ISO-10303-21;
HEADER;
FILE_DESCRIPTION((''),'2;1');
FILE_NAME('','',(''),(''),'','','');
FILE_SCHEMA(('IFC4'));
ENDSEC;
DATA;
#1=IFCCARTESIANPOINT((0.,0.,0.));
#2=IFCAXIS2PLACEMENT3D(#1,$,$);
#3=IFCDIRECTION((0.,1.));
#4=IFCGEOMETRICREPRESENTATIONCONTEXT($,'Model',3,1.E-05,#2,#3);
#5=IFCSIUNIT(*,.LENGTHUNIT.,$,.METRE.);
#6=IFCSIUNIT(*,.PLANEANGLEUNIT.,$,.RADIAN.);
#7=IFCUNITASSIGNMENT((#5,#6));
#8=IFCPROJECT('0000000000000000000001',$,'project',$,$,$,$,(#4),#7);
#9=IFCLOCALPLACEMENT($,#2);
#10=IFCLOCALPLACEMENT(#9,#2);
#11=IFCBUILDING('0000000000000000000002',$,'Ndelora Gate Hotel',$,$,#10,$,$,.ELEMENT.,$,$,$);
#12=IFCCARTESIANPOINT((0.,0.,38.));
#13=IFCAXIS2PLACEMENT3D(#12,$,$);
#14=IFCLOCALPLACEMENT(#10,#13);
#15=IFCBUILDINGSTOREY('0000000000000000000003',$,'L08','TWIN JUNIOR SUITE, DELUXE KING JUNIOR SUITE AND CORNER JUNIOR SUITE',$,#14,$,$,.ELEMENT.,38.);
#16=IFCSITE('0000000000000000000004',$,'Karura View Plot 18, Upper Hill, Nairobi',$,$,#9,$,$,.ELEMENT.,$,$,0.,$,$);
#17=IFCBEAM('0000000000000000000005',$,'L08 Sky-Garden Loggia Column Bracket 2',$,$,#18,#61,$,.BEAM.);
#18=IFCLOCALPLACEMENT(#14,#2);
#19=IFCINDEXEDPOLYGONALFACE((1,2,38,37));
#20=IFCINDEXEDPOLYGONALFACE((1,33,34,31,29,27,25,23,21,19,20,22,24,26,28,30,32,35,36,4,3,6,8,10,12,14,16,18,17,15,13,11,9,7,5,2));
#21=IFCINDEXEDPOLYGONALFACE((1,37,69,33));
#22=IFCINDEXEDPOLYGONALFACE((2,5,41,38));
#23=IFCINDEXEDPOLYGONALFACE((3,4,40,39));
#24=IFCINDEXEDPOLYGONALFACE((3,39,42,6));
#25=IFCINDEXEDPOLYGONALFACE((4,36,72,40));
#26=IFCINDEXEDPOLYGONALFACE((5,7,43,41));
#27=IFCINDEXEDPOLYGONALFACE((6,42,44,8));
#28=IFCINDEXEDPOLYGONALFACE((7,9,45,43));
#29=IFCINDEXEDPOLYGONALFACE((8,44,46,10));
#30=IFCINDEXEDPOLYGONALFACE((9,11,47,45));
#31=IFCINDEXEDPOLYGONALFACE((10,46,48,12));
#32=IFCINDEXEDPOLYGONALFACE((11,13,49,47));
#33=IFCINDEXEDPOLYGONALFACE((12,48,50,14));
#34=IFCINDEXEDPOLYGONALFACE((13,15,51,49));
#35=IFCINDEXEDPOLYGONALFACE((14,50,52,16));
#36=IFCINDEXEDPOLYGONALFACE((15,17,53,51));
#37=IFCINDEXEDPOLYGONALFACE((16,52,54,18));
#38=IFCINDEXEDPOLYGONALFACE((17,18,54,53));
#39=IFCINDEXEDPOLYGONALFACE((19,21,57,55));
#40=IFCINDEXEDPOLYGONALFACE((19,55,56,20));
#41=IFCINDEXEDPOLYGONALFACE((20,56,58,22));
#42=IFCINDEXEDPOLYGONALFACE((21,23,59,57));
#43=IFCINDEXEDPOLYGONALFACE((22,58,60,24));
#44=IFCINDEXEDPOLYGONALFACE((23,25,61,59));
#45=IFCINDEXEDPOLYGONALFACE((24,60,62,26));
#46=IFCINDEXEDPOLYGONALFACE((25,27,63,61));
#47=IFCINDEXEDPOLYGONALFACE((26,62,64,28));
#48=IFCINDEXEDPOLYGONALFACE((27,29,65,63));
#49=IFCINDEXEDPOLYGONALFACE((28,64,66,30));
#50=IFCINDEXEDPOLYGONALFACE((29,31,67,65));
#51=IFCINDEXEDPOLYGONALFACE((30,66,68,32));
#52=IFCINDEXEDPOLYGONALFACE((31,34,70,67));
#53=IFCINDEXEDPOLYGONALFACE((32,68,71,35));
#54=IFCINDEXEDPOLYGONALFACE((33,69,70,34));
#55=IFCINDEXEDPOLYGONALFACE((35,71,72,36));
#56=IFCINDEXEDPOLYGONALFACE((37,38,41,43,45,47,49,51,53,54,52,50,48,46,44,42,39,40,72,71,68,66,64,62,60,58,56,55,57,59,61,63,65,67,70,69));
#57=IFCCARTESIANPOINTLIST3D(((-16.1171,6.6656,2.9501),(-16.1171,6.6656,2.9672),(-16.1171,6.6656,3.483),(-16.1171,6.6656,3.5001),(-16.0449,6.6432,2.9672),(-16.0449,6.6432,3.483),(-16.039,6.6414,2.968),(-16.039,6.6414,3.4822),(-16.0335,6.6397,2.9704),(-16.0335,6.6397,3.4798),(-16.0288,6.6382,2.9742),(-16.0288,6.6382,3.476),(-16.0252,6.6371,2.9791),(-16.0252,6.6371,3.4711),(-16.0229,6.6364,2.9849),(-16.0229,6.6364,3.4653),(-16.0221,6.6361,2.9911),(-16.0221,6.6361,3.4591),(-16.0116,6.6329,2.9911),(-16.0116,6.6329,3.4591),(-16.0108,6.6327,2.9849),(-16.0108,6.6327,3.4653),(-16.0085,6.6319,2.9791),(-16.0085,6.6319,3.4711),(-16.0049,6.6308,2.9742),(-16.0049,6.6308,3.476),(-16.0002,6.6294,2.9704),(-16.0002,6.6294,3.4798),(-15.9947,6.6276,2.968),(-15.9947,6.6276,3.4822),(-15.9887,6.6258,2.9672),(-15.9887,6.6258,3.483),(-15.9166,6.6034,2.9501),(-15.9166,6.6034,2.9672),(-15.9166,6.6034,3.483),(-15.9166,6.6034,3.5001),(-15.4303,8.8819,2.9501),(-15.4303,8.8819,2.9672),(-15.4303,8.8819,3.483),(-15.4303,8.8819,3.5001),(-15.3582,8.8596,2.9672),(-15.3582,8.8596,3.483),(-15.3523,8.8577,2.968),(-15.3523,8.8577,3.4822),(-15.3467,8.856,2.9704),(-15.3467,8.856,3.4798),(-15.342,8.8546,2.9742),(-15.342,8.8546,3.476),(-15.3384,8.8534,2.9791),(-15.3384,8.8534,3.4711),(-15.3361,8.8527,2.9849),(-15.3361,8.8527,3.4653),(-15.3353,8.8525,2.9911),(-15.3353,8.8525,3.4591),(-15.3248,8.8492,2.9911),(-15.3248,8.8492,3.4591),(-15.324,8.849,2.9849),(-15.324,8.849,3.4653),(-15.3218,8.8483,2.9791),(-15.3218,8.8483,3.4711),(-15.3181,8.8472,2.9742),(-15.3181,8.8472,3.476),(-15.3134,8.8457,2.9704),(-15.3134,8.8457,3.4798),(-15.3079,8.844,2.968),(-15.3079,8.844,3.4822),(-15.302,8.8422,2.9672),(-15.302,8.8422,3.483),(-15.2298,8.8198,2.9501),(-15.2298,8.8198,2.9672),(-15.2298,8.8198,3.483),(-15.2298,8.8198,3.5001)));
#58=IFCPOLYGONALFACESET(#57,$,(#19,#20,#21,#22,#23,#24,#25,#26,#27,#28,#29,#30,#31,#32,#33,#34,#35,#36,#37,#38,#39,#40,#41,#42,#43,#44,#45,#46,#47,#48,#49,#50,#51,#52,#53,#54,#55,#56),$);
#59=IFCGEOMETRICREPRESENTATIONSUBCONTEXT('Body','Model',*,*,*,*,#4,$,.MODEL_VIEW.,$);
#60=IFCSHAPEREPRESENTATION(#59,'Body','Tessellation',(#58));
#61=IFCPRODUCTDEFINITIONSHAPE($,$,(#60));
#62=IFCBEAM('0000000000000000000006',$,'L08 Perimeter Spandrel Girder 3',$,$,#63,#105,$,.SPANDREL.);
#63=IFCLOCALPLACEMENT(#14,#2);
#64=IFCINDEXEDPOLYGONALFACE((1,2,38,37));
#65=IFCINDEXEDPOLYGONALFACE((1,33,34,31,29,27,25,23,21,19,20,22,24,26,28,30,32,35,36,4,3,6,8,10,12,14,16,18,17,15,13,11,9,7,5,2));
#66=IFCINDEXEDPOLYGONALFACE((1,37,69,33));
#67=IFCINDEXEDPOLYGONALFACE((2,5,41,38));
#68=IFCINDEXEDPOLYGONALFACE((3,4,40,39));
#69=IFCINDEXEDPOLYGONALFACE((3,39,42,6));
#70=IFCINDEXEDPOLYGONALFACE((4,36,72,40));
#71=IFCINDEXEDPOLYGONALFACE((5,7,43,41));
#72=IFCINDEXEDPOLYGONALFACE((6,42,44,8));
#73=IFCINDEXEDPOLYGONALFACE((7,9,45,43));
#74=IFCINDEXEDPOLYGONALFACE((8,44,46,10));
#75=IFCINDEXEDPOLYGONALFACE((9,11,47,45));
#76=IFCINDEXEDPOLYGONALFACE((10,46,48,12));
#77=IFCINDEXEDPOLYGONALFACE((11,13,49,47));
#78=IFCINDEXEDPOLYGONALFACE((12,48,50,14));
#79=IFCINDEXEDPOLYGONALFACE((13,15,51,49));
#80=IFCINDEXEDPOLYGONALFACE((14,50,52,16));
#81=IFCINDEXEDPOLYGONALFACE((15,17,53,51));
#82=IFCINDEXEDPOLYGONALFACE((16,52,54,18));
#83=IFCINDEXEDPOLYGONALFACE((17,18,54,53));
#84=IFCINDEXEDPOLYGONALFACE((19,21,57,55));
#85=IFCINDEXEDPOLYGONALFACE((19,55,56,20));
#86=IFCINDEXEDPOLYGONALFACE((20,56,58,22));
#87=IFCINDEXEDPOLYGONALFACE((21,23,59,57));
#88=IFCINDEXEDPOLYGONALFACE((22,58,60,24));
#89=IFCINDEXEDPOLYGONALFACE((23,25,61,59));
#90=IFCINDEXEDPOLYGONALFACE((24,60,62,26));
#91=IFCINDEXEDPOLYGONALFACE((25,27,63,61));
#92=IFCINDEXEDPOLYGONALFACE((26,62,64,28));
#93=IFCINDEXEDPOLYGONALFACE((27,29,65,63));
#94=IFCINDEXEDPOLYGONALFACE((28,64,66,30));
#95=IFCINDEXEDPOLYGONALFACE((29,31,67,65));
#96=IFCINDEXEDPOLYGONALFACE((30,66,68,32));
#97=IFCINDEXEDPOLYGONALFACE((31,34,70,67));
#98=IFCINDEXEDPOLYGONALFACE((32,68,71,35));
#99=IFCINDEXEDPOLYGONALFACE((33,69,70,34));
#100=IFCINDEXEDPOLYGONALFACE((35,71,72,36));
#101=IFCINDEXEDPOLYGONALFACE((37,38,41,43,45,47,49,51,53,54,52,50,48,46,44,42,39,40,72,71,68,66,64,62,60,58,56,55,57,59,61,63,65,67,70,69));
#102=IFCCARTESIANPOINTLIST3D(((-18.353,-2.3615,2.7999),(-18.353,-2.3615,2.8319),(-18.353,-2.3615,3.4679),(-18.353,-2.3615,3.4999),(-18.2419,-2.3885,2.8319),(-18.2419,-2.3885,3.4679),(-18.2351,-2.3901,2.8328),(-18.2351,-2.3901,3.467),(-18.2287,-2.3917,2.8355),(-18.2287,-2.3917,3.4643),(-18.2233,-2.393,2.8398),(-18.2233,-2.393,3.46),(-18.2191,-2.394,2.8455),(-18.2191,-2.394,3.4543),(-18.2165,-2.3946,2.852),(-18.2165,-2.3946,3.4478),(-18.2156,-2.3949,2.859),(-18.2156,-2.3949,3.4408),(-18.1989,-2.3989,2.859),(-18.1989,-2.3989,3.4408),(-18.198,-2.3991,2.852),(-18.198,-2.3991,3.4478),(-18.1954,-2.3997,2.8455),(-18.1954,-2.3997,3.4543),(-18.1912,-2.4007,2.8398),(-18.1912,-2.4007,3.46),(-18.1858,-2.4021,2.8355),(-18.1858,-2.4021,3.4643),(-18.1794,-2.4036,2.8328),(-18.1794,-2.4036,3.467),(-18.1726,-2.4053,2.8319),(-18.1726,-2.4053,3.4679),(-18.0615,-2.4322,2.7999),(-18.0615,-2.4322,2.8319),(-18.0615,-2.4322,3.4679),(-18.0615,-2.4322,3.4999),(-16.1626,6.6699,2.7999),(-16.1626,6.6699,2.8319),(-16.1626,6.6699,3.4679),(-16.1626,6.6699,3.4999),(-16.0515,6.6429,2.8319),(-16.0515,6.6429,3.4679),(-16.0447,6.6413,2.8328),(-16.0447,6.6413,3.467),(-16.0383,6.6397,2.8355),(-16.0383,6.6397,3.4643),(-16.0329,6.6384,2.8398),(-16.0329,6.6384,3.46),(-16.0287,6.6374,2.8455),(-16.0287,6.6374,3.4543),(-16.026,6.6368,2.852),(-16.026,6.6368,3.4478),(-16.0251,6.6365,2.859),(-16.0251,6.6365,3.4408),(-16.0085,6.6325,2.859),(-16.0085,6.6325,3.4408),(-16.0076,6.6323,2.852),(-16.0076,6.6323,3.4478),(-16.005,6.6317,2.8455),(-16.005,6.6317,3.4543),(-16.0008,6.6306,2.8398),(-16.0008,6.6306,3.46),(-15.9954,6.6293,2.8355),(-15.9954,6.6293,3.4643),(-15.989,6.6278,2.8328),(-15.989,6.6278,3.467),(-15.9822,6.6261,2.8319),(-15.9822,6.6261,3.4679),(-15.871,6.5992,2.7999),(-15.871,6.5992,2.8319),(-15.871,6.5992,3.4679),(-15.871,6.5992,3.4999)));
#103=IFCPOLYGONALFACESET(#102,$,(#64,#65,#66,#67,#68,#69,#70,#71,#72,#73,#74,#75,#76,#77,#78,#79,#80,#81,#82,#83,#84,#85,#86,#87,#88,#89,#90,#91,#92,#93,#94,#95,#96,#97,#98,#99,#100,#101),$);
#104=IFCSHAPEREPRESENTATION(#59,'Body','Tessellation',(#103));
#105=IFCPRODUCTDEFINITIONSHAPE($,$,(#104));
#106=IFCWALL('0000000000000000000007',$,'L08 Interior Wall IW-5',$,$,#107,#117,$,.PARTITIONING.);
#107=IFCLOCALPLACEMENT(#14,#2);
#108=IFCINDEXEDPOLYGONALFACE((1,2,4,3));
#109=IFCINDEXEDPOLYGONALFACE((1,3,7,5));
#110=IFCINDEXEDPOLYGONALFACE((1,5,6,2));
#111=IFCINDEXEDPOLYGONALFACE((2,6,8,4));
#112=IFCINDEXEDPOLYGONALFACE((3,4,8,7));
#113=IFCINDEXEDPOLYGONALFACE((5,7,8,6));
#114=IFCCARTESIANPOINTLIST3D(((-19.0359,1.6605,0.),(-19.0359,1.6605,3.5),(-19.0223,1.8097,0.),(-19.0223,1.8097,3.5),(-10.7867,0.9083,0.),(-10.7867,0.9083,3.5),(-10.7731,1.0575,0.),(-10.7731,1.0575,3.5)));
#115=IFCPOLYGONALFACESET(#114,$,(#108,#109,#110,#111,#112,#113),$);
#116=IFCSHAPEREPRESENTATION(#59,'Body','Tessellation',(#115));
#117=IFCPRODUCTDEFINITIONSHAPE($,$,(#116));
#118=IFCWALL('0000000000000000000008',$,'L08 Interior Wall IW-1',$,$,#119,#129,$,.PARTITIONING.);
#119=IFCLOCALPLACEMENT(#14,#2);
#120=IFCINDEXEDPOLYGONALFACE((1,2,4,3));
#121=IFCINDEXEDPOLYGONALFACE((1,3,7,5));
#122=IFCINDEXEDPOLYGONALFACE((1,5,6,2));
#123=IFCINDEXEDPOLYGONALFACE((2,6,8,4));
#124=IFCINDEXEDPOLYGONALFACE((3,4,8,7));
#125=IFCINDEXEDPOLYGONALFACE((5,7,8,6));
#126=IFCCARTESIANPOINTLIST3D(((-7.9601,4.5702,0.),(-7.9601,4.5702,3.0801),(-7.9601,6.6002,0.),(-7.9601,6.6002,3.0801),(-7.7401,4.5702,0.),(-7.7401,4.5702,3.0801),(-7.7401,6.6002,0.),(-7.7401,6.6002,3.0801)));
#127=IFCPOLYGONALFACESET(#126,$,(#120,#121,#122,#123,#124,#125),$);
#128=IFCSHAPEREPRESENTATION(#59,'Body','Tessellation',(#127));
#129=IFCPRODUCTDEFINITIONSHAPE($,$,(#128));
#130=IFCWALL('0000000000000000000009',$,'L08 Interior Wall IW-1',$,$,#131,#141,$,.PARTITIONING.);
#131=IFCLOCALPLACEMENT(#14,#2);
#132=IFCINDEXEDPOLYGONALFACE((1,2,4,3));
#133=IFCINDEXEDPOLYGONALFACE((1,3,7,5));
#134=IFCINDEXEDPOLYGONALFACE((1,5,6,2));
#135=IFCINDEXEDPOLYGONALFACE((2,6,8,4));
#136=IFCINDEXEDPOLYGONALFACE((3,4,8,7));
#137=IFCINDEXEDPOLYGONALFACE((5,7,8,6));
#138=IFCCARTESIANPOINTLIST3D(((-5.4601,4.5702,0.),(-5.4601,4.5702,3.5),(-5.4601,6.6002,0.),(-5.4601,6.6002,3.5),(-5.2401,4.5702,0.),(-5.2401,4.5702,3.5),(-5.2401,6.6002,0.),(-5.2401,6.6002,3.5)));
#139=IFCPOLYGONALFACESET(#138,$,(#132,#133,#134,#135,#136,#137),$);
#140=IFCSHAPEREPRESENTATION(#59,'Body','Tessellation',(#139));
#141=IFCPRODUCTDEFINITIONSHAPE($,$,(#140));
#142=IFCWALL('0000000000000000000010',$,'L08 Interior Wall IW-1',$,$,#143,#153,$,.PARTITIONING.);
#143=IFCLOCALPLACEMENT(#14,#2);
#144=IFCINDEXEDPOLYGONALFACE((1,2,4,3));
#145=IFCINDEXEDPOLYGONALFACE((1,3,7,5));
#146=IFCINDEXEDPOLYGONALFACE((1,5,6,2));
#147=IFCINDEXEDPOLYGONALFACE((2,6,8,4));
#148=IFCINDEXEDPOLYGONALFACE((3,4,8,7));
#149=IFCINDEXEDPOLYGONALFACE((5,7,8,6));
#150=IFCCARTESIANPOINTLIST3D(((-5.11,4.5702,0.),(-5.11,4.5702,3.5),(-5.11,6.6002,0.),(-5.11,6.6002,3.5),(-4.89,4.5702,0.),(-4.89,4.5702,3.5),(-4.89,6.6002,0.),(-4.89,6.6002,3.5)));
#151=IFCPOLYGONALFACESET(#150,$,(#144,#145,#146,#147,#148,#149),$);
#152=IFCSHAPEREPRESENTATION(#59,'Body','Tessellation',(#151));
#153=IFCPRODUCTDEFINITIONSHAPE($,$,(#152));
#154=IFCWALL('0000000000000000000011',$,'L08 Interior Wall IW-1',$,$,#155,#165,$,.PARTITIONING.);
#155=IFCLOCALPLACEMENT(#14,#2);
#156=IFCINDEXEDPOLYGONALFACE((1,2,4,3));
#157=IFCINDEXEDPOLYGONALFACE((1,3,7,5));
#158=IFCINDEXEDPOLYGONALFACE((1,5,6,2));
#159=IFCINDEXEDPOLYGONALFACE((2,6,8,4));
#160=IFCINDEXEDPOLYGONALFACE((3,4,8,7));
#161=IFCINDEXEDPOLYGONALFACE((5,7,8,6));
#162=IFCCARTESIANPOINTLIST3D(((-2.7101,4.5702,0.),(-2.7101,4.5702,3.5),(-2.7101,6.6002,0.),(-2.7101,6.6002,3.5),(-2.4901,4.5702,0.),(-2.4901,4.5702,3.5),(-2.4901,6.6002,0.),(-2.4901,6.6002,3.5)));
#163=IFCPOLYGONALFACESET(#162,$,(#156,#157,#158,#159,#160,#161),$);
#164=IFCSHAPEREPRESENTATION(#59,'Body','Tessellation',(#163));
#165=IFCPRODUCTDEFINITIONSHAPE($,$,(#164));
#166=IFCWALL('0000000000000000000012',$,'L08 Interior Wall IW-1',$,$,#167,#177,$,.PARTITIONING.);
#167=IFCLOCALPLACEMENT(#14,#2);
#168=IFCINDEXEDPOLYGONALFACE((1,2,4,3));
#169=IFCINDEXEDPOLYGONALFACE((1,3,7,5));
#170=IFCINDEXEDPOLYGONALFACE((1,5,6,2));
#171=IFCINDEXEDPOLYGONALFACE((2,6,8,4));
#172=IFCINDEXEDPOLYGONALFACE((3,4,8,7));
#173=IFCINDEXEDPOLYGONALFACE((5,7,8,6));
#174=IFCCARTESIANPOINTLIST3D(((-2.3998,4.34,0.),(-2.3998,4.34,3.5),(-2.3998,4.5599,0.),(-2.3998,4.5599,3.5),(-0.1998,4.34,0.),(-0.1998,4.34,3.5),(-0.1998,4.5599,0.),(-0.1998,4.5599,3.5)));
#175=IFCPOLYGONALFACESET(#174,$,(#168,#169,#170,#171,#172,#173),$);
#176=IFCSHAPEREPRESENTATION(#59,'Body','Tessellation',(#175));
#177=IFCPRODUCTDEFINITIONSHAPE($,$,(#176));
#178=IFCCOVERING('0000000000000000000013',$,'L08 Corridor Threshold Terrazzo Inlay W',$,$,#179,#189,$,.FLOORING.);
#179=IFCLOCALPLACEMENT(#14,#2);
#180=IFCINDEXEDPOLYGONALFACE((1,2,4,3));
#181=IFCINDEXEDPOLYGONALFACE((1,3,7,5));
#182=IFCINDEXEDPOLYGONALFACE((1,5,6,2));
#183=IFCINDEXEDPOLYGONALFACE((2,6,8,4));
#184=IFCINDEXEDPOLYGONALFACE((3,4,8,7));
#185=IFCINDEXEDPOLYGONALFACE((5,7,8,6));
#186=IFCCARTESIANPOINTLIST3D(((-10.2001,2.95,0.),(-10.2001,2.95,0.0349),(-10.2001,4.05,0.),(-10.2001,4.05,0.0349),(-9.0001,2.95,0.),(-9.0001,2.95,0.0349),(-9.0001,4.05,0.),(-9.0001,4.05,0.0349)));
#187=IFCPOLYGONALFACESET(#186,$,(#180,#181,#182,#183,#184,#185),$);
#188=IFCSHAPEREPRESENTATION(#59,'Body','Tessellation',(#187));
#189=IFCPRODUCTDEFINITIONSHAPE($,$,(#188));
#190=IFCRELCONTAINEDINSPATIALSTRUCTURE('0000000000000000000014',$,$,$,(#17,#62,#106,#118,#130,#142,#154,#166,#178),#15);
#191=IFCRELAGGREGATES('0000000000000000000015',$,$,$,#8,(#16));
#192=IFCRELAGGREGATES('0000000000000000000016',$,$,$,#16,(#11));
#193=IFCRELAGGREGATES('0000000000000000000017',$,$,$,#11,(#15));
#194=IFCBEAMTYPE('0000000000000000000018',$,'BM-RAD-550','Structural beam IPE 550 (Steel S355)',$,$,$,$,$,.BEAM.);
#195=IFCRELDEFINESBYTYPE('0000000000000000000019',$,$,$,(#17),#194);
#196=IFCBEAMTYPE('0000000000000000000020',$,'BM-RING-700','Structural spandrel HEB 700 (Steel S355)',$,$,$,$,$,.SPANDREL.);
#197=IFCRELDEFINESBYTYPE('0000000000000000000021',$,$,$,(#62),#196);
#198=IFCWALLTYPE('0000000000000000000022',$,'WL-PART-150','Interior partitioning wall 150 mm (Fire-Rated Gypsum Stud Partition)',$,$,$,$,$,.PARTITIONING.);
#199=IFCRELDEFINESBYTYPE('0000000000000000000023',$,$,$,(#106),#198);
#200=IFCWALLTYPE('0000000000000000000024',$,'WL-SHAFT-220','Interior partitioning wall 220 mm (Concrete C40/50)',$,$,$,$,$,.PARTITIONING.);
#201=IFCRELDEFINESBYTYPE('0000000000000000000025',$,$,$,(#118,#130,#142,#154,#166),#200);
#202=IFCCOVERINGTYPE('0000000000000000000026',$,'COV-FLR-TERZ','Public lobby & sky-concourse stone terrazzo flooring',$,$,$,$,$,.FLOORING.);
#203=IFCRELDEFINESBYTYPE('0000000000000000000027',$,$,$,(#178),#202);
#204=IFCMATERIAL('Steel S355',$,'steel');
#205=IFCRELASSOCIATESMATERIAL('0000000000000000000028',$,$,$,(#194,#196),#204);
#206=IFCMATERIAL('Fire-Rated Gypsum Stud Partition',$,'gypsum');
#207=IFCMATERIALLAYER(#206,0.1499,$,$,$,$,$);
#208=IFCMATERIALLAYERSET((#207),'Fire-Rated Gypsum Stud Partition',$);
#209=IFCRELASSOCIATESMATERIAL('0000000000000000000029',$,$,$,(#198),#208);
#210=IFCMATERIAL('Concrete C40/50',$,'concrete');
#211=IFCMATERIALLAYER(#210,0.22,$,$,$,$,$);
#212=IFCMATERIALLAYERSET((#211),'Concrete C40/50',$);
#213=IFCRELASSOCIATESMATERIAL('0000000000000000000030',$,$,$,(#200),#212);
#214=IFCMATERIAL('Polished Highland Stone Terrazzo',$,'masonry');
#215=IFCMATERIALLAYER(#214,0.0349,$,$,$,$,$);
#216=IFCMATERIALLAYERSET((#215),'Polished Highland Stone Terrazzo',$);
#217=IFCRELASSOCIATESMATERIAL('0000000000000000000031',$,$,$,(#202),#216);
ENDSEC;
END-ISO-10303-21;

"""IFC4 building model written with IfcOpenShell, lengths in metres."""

from ifc_helpers import new_model, si_unit, direction, frame, frame_2d, origin, origin_2d, place, context, subcontext, project, spatial, rectangle, i_section, extrude, material, layer, layer_set, material_profile, profile_set, type_object, element, save


model = new_model("IFC4")

# Units and contexts
model_context = context("Model", 3, precision=1e-05, world=origin(), true_north=direction((0.0, 1.0)))
body_context = subcontext(model_context, "Body", "Model", "MODEL_VIEW")
ifc_project = project(units=[si_unit("LENGTHUNIT", "METRE"), si_unit("PLANEANGLEUNIT", "RADIAN")], contexts=[model_context])

# Site, building, storey
site_placement = place(None, origin())
site = spatial("IfcSite", under=ifc_project, at=site_placement, Name="Karura View Plot 18, Upper Hill, Nairobi", CompositionType="ELEMENT", RefElevation=0.0)
building_placement = place(site_placement, origin())
building = spatial("IfcBuilding", under=site, at=building_placement, Name="Ndelora Gate Hotel", CompositionType="ELEMENT")
storey_placement = place(building_placement, frame((0.0, 0.0, 38.0)))
storey = spatial("IfcBuildingStorey", under=building, at=storey_placement, Name="L08", Description="TWIN JUNIOR SUITE, DELUXE KING JUNIOR SUITE AND CORNER JUNIOR SUITE", CompositionType="ELEMENT", Elevation=38.0)

# Beams
ifc_material_1 = material(Name="Steel S355", Category="steel")
ifc_material_profile_1 = material_profile(ifc_material_1, i_section(OverallWidth=0.21, OverallDepth=0.55, WebThickness=0.011, FlangeThickness=0.0171, FilletRadius=0.0239, at=origin_2d()), Name="IPE 550")
ifc_profile_set_1 = profile_set([ifc_material_profile_1], Name="Steel S355")
beam_type_1 = type_object("IfcBeamType", Name="BM-RAD-550", Description="Structural beam IPE 550 (Steel S355)", PredefinedType="BEAM", material=ifc_profile_set_1)
beam_1_placement = place(storey_placement, frame((-16.0168, 6.6345, 3.2251), z_axis=(0.295985, 0.955192, 0.0), x_axis=(-0.955192, 0.295985, 0.0)))
element("IfcBeam", 1, at=beam_1_placement, inside=storey, type_object=beam_type_1, Name="L08 Sky-Garden Loggia Column Bracket 2", PredefinedType="BEAM", context=body_context, shape_type="SweptSolid", body=[
    extrude(i_section(OverallWidth=0.21, OverallDepth=0.55, WebThickness=0.011, FlangeThickness=0.0171, FilletRadius=0.0239, at=origin_2d()), origin(), (0.0, 0.0, 1.0), 2.3203),
])
ifc_material_profile_2 = material_profile(ifc_material_1, i_section(OverallWidth=0.3, OverallDepth=0.7, WebThickness=0.0171, FlangeThickness=0.032, FilletRadius=0.0271, at=origin_2d()), Name="HEB 700")
ifc_profile_set_2 = profile_set([ifc_material_profile_2], Name="Steel S355")
beam_type_2 = type_object("IfcBeamType", Name="BM-RING-700", Description="Structural spandrel HEB 700 (Steel S355)", PredefinedType="SPANDREL", material=ifc_profile_set_2)
beam_2_placement = place(storey_placement, frame((-16.0168, 6.6345, 3.1499), z_axis=(-0.235699, -0.971826, 0.0), x_axis=(0.971826, -0.235699, 0.0)))
element("IfcBeam", 2, at=beam_2_placement, inside=storey, type_object=beam_type_2, Name="L08 Perimeter Spandrel Girder 3", PredefinedType="SPANDREL", context=body_context, shape_type="SweptSolid", body=[
    extrude(i_section(OverallWidth=0.3, OverallDepth=0.7, WebThickness=0.0171, FlangeThickness=0.032, FilletRadius=0.0271, at=origin_2d()), origin(), (0.0, 0.0, 1.0), 9.2932),
])

# Shared definitions
ifc_material_2 = material(Name="Concrete C40/50", Category="concrete")

# Wall
ifc_material_3 = material(Name="Fire-Rated Gypsum Stud Partition", Category="gypsum")
ifc_layer_1 = layer(ifc_material_3, 0.1499)
ifc_layer_set_1 = layer_set([ifc_layer_1], Name="Fire-Rated Gypsum Stud Partition")
wall_type_1 = type_object("IfcWallType", Name="WL-PART-150", Description="Interior partitioning wall 150 mm (Fire-Rated Gypsum Stud Partition)", PredefinedType="PARTITIONING", material=ifc_layer_set_1)
wall_1_placement = place(storey_placement, frame((-10.78, 0.9829, 0.0), z_axis=(0.0, 0.0, 1.0), x_axis=(-0.995869, 0.090807, 0.0)))
element("IfcWall", 3, at=wall_1_placement, inside=storey, type_object=wall_type_1, Name="L08 Interior Wall IW-5", PredefinedType="PARTITIONING", context=body_context, shape_type="SweptSolid", body=[
    extrude(rectangle(XDim=8.2834, YDim=0.1499, at=frame_2d((4.1416, 0.0))), origin(), (0.0, 0.0, 1.0), 3.5),
])

# Shared definitions
ifc_layer_2 = layer(ifc_material_2, 0.22)
ifc_layer_set_2 = layer_set([ifc_layer_2], Name="Concrete C40/50")
wall_type_2 = type_object("IfcWallType", Name="WL-SHAFT-220", Description="Interior partitioning wall 220 mm (Concrete C40/50)", PredefinedType="PARTITIONING", material=ifc_layer_set_2)

# Walls
wall_2_placement = place(storey_placement, frame((-7.8501, 4.5701, 0.0), z_axis=(0.0, 0.0, 1.0), x_axis=(0.0, 1.0, 0.0)))
element("IfcWall", 4, at=wall_2_placement, inside=storey, type_object=wall_type_2, Name="L08 Interior Wall IW-1", PredefinedType="PARTITIONING", context=body_context, shape_type="SweptSolid", body=[
    extrude(rectangle(XDim=2.03, YDim=0.22, at=frame_2d((1.0151, 0.0))), origin(), (0.0, 0.0, 1.0), 3.0801),
])
wall_3_placement = place(storey_placement, frame((-5.3501, 4.5701, 0.0), z_axis=(0.0, 0.0, 1.0), x_axis=(0.0, 1.0, 0.0)))
element("IfcWall", 5, at=wall_3_placement, inside=storey, type_object=wall_type_2, Name="L08 Interior Wall IW-1", PredefinedType="PARTITIONING", context=body_context, shape_type="SweptSolid", body=[
    extrude(rectangle(XDim=2.03, YDim=0.22, at=frame_2d((1.0151, 0.0))), origin(), (0.0, 0.0, 1.0), 3.5),
])

# Walls
for number, where, z_axis, x_axis, name in (
    (6, (-5.0, 4.5701, 0.0), (0.0, 0.0, 1.0), (0.0, 1.0, 0.0), "L08 Interior Wall IW-1"),
    (7, (-2.6001, 4.5701, 0.0), (0.0, 0.0, 1.0), (0.0, 1.0, 0.0), "L08 Interior Wall IW-1"),
):
    element("IfcWall", number, at=place(storey_placement, frame(where, z_axis=z_axis, x_axis=x_axis)), inside=storey, type_object=wall_type_2, Name=name, PredefinedType="PARTITIONING", context=body_context, shape_type="SweptSolid", body=[
        extrude(rectangle(XDim=2.03, YDim=0.22, at=frame_2d((1.0151, 0.0))), origin(), (0.0, 0.0, 1.0), 3.5),
    ])
wall_4_placement = place(storey_placement, frame((-2.3999, 4.45, 0.0), z_axis=(0.0, 0.0, 1.0), x_axis=(1.0, 0.0, 0.0)))
element("IfcWall", 8, at=wall_4_placement, inside=storey, type_object=wall_type_2, Name="L08 Interior Wall IW-1", PredefinedType="PARTITIONING", context=body_context, shape_type="SweptSolid", body=[
    extrude(rectangle(XDim=2.2, YDim=0.22, at=frame_2d((1.1001, 0.0))), origin(), (0.0, 0.0, 1.0), 3.5),
])

# Covering
ifc_material_4 = material(Name="Polished Highland Stone Terrazzo", Category="masonry")
ifc_layer_3 = layer(ifc_material_4, 0.0349)
ifc_layer_set_3 = layer_set([ifc_layer_3], Name="Polished Highland Stone Terrazzo")
covering_type_1 = type_object("IfcCoveringType", Name="COV-FLR-TERZ", Description="Public lobby & sky-concourse stone terrazzo flooring", PredefinedType="FLOORING", material=ifc_layer_set_3)
covering_1_placement = place(storey_placement, frame((-9.6001, 3.5, 0.0), z_axis=(0.0, 0.0, 1.0), x_axis=(1.0, 0.0, 0.0)))
element("IfcCovering", 9, at=covering_1_placement, inside=storey, type_object=covering_type_1, Name="L08 Corridor Threshold Terrazzo Inlay W", PredefinedType="FLOORING", context=body_context, shape_type="SweptSolid", body=[
    extrude(rectangle(XDim=1.2, YDim=1.1001, at=origin_2d()), origin(), (0.0, 0.0, 1.0), 0.0349),
])

save(model, "model.ifc")
